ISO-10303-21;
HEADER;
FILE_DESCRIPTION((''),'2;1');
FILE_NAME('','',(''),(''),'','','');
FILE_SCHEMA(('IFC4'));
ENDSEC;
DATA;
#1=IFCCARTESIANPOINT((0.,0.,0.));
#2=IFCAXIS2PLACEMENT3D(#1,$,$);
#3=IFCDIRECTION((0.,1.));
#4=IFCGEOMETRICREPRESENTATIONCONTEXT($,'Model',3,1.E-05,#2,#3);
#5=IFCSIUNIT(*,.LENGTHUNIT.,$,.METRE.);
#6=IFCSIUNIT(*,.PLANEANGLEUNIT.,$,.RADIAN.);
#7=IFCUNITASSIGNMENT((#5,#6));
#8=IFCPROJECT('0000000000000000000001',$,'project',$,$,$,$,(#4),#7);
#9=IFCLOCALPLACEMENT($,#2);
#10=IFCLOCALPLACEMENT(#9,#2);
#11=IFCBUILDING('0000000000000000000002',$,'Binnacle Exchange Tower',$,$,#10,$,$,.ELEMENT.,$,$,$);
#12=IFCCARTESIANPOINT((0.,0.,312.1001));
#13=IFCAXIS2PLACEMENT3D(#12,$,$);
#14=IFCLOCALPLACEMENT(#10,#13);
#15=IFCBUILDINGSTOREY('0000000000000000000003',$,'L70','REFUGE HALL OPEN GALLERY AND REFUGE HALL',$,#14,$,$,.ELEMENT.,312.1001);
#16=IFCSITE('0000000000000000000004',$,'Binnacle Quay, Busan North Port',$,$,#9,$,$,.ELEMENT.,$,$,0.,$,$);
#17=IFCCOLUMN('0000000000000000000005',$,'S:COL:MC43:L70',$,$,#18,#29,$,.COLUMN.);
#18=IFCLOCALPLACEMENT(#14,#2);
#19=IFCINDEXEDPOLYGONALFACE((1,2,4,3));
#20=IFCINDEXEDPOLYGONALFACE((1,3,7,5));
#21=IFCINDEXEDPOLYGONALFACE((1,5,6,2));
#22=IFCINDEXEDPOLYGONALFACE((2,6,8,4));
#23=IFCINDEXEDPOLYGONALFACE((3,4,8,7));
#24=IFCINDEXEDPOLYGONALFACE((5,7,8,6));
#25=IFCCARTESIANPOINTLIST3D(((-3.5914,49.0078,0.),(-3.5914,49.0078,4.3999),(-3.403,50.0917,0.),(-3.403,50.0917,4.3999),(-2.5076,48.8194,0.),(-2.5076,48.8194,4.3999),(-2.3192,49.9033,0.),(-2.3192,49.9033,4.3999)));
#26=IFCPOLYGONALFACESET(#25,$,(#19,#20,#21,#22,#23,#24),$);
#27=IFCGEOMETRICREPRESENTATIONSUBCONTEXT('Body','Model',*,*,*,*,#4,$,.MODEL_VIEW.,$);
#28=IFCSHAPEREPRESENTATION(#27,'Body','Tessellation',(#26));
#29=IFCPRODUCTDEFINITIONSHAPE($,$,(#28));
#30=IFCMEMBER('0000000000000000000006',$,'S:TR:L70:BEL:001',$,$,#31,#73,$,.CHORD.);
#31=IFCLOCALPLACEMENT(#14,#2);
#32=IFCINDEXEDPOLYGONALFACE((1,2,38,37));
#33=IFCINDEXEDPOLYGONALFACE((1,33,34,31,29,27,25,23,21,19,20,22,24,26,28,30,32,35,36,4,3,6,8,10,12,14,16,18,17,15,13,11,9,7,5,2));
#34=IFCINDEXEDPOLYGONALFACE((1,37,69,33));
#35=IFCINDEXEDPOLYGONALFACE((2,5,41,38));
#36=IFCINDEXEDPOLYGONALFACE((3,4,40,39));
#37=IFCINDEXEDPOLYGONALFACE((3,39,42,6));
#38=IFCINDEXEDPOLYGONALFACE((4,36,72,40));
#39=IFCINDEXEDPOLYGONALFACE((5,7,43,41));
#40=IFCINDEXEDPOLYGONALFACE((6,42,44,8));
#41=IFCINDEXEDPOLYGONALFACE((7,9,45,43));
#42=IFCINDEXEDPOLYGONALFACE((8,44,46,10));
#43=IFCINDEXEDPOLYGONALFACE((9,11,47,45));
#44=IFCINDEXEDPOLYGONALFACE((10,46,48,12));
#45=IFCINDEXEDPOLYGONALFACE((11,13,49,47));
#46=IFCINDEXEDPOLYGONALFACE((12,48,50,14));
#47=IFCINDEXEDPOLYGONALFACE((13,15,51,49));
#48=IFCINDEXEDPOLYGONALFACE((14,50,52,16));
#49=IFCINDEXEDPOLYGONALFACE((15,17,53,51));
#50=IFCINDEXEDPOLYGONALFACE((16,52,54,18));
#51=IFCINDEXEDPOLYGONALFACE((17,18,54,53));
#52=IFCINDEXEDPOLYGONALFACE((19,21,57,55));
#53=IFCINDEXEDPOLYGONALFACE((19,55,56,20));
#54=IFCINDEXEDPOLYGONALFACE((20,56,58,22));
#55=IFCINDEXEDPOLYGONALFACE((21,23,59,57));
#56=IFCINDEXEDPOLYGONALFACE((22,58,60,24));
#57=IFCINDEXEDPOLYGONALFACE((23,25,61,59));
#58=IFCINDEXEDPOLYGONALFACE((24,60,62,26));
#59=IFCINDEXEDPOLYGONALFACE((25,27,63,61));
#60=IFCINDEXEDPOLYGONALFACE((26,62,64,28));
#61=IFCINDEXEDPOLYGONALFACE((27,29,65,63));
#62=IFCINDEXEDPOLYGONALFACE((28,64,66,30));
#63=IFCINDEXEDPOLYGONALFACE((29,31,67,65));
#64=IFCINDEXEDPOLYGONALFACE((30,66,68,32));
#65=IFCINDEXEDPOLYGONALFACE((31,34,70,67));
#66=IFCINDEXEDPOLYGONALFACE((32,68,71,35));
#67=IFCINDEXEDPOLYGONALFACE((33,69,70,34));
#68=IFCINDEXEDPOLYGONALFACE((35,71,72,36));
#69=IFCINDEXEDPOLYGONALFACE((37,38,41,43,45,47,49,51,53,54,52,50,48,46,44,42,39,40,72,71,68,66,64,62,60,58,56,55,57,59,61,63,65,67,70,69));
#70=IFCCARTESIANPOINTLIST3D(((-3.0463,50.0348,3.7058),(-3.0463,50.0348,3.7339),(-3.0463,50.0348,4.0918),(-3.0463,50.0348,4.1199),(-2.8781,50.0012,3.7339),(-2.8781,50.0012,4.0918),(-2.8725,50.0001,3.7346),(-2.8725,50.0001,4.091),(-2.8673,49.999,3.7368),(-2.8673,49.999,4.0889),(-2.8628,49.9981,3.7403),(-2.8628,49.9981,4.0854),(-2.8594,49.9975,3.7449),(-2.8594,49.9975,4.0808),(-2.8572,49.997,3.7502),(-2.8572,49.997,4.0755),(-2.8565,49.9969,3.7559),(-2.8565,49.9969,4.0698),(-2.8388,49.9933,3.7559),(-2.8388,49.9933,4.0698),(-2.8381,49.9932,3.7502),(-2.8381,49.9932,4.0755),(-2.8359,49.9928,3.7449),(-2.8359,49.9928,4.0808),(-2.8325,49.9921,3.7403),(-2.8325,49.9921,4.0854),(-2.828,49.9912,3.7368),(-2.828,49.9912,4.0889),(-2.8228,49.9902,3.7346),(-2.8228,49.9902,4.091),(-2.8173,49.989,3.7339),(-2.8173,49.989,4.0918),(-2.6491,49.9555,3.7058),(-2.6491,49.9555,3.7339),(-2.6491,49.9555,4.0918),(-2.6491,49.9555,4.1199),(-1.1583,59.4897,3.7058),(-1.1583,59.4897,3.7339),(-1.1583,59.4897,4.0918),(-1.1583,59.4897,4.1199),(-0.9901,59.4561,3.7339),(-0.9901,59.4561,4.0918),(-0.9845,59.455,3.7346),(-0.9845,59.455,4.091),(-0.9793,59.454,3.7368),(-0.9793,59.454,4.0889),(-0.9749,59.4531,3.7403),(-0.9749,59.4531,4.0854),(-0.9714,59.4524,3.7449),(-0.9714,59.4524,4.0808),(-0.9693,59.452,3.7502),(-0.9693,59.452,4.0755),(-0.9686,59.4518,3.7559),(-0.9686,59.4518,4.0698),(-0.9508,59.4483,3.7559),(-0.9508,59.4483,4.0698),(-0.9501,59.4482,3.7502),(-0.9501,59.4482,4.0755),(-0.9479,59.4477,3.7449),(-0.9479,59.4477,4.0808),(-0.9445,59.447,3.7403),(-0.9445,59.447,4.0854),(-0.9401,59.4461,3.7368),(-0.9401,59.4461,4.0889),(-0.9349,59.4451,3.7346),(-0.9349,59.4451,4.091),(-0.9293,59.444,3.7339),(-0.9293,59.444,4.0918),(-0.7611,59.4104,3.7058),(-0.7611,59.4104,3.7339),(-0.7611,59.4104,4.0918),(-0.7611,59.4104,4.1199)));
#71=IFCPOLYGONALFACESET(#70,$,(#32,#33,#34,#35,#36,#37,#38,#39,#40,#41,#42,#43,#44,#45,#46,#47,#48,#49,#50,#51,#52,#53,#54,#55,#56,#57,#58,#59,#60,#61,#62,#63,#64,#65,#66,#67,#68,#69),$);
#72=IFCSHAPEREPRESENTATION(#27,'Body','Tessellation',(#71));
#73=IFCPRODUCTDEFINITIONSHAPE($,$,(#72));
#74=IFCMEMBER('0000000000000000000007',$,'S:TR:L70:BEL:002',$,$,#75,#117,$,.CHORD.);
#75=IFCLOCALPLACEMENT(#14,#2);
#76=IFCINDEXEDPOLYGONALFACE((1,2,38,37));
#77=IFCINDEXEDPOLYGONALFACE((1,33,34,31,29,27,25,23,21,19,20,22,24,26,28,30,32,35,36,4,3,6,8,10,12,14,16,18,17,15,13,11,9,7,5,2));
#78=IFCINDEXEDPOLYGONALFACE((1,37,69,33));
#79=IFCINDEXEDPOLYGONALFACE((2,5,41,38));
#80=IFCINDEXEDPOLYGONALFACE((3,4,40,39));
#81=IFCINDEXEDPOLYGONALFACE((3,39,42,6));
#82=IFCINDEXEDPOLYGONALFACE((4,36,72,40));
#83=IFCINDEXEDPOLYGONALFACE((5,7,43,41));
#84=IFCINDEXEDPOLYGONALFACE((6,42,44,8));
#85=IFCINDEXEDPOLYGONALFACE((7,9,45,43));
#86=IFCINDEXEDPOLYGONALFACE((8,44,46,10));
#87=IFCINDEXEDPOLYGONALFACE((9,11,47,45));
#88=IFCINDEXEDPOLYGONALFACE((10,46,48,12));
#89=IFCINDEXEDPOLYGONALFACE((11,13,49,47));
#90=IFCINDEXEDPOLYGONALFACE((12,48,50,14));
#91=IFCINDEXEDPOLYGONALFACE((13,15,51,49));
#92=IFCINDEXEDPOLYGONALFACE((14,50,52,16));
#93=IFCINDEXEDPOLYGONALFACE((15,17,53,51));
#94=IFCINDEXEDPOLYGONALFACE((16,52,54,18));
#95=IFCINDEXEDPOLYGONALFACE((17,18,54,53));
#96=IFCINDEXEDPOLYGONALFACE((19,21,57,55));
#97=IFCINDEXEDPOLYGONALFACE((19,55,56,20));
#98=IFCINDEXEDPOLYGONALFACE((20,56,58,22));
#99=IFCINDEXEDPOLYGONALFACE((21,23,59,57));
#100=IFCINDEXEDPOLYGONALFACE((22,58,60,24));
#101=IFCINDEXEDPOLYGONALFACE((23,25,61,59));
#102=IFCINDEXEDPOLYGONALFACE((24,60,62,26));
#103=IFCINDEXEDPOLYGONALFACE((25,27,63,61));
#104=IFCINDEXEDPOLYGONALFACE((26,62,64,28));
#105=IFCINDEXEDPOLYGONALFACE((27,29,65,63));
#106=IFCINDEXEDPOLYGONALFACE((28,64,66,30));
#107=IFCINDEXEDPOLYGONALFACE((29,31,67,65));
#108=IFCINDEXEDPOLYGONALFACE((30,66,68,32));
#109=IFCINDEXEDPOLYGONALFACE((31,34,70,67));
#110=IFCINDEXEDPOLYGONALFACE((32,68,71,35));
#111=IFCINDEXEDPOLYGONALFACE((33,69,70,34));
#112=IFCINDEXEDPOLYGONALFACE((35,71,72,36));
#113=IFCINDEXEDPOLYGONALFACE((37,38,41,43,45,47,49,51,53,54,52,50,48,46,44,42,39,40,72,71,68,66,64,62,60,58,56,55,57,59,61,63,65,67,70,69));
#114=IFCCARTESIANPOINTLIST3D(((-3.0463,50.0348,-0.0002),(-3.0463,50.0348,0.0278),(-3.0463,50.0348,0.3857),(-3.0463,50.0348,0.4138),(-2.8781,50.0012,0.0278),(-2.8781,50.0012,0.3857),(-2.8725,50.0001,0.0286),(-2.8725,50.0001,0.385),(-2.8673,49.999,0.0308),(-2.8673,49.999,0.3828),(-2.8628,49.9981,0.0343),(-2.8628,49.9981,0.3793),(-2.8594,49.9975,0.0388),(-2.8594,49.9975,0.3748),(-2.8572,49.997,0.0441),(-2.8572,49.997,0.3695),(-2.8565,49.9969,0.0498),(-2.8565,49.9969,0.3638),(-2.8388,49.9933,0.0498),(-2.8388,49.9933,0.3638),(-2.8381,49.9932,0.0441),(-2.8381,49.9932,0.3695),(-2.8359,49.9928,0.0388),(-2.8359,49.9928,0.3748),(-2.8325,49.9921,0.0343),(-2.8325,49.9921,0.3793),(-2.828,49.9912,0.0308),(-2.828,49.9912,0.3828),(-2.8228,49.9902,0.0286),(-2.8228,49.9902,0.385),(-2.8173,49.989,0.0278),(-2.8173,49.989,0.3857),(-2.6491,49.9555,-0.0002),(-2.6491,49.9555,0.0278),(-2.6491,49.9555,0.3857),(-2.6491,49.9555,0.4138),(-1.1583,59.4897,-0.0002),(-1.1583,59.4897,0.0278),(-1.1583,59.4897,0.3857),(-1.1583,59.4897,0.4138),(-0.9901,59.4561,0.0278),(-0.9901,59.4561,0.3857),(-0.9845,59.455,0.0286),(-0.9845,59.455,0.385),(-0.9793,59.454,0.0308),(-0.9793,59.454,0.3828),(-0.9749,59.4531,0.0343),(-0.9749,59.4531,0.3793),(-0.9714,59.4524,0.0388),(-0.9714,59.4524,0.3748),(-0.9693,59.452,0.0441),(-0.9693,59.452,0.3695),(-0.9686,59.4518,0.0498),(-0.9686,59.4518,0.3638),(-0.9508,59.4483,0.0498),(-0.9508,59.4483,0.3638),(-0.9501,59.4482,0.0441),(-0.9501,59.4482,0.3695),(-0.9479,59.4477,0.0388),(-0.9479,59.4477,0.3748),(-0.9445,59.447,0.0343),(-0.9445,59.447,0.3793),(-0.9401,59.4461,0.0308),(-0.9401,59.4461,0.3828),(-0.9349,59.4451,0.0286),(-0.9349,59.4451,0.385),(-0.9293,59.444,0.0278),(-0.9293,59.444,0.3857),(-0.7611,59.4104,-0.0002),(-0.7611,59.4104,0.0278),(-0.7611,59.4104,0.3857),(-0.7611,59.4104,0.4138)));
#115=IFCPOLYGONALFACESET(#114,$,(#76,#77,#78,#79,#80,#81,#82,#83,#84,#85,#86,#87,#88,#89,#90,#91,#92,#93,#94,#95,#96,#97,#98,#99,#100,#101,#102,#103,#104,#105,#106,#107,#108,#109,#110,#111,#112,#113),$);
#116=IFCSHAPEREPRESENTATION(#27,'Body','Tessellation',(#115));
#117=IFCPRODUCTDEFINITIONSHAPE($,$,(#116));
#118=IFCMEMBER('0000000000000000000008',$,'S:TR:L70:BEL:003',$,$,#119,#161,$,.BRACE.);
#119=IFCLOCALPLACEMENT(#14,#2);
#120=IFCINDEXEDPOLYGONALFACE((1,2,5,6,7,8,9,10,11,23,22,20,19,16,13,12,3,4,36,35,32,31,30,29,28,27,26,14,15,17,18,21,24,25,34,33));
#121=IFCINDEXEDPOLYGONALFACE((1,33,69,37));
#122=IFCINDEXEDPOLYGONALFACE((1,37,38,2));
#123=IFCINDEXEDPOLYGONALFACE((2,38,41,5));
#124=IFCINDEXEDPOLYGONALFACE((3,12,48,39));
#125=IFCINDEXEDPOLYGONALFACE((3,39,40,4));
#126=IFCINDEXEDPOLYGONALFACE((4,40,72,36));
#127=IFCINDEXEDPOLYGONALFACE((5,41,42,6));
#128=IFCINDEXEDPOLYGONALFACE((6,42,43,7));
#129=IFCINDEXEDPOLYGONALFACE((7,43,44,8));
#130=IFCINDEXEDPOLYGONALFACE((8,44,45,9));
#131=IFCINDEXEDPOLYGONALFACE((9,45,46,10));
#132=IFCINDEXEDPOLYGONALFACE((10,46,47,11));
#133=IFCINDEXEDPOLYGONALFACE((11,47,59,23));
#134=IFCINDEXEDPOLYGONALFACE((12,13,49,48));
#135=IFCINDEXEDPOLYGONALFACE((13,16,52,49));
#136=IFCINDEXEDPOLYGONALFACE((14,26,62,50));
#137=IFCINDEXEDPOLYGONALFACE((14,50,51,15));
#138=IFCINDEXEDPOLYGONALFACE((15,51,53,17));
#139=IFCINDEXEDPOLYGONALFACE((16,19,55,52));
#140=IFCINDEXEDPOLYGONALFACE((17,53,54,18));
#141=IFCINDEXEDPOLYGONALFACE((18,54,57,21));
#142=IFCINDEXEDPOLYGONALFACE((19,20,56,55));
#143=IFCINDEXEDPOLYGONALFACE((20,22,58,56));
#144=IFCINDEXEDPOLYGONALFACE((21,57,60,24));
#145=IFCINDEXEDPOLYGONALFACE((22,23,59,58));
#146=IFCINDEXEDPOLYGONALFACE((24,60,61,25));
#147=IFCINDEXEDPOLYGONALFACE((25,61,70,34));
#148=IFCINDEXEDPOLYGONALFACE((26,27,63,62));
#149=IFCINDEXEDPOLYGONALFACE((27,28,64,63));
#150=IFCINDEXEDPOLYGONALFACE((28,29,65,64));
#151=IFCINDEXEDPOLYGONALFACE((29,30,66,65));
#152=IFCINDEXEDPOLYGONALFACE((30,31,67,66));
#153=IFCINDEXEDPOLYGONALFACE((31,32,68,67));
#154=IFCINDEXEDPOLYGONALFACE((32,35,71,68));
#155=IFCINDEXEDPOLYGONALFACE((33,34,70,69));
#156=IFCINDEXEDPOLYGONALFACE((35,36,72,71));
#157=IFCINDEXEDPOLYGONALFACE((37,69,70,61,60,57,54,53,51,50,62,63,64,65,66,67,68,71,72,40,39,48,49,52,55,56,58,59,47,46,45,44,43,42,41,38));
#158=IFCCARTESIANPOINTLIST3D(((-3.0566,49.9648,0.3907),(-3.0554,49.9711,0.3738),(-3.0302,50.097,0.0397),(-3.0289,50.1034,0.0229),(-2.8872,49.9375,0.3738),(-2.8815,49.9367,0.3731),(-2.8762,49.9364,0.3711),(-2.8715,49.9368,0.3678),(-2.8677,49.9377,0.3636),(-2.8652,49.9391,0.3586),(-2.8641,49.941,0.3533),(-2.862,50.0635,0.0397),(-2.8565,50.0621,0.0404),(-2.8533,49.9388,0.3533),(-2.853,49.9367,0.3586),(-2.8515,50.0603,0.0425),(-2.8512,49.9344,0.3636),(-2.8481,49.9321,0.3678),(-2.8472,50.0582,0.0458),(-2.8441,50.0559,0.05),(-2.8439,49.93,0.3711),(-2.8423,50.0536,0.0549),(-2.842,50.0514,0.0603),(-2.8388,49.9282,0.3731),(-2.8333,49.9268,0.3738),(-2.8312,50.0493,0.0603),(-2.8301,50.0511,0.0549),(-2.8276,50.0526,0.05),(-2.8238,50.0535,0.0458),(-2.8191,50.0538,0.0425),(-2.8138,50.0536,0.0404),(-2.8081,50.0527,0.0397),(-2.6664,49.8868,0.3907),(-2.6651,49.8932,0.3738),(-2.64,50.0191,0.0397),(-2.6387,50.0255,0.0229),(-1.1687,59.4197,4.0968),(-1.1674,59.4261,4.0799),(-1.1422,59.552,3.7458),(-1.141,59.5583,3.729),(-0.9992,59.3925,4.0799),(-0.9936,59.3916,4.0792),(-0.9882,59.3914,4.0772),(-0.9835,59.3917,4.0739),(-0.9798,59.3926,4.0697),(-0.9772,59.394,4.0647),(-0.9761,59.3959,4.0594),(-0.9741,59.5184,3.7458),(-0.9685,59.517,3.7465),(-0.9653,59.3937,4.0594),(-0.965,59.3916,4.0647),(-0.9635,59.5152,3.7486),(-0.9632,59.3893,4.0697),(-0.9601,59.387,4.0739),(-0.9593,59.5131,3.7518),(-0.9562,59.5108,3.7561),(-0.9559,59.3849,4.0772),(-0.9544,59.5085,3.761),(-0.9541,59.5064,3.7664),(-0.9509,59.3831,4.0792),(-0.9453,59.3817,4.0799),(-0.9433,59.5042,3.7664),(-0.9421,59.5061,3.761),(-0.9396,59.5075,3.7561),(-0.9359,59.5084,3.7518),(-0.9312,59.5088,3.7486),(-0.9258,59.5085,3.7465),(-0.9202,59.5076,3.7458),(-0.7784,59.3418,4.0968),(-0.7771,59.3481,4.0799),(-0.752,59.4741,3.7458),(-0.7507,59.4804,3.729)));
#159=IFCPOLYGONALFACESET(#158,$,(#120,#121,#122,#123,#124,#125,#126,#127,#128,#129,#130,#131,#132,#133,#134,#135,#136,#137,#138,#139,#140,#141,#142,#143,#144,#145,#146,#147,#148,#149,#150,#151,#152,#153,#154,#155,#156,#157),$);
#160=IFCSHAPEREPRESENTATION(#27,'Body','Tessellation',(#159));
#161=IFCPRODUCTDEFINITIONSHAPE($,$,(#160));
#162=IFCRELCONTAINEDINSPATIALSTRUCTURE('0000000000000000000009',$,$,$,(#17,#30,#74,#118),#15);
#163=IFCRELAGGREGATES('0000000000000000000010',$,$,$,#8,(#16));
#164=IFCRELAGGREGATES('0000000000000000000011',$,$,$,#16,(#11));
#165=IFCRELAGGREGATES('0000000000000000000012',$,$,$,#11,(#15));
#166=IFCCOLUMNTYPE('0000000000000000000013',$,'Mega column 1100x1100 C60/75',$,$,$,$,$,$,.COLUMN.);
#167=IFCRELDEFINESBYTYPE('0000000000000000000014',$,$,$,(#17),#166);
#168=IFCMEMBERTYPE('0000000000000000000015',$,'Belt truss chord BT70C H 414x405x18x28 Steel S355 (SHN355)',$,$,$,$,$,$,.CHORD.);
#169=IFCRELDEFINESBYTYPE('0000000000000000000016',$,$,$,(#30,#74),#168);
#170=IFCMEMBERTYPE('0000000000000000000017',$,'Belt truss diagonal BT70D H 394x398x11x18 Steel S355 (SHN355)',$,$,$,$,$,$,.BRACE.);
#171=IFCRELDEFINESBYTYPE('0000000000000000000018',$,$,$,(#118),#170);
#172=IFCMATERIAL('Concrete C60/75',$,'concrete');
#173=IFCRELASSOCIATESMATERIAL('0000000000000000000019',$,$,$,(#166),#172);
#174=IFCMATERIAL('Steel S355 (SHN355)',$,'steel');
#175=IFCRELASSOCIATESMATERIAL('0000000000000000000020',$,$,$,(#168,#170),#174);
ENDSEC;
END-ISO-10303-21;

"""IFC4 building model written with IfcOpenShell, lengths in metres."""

from ifc_helpers import new_model, si_unit, direction, frame, origin, origin_2d, place, context, subcontext, project, spatial, rectangle, i_section, extrude, material, material_profile, profile_set, type_object, element, save


model = new_model("IFC4")

# Units and contexts
model_context = context("Model", 3, precision=1e-05, world=origin(), true_north=direction((0.0, 1.0)))
body_context = subcontext(model_context, "Body", "Model", "MODEL_VIEW")
ifc_project = project(units=[si_unit("LENGTHUNIT", "METRE"), si_unit("PLANEANGLEUNIT", "RADIAN")], contexts=[model_context])

# Site, building, storey
site_placement = place(None, origin())
site = spatial("IfcSite", under=ifc_project, at=site_placement, Name="Binnacle Quay, Busan North Port", CompositionType="ELEMENT", RefElevation=0.0)
building_placement = place(site_placement, origin())
building = spatial("IfcBuilding", under=site, at=building_placement, Name="Binnacle Exchange Tower", CompositionType="ELEMENT")
storey_placement = place(building_placement, frame((0.0, 0.0, 312.1001)))
storey = spatial("IfcBuildingStorey", under=building, at=storey_placement, Name="L70", Description="REFUGE HALL OPEN GALLERY AND REFUGE HALL", CompositionType="ELEMENT", Elevation=312.1001)

# Column
ifc_material_1 = material(Name="Concrete C60/75", Category="concrete")
ifc_material_profile_1 = material_profile(ifc_material_1, rectangle(XDim=1.1001, YDim=1.1001, at=origin_2d()), Name="Mega column 1100x1100 C60/75")
ifc_profile_set_1 = profile_set([ifc_material_profile_1], Name="Concrete C60/75")
column_type = type_object("IfcColumnType", Name="Mega column 1100x1100 C60/75", PredefinedType="COLUMN", material=ifc_profile_set_1)
column_placement = place(storey_placement, frame((-2.9553, 49.4556, 0.0), z_axis=(0.0, 0.0, 1.0), x_axis=(-0.985226, 0.171259, 0.0)))
element("IfcColumn", 1, at=column_placement, inside=storey, type_object=column_type, Name="S:COL:MC43:L70", PredefinedType="COLUMN", context=body_context, shape_type="SweptSolid", body=[
    extrude(rectangle(XDim=1.1001, YDim=1.1001, at=origin_2d()), origin(), (0.0, 0.0, 1.0), 4.3999),
])

# Members
ifc_material_2 = material(Name="Steel S355 (SHN355)", Category="steel")
ifc_material_profile_2 = material_profile(ifc_material_2, i_section(OverallWidth=0.405, OverallDepth=0.4141, WebThickness=0.0181, FlangeThickness=0.0281, FilletRadius=0.022, at=origin_2d()), Name="H 414x405x18x28")
ifc_profile_set_2 = profile_set([ifc_material_profile_2], Name="Steel S355 (SHN355)")
member_type_1 = type_object("IfcMemberType", Name="Belt truss chord BT70C H 414x405x18x28 Steel S355 (SHN355)", PredefinedType="CHORD", material=ifc_profile_set_2)
for number, where, z_axis, x_axis, name in (
    (2, (-2.8477, 49.9951, 3.9128), (0.195814, 0.980641, 0.0), (-0.980641, 0.195814, 0.0), "S:TR:L70:BEL:001"),
    (3, (-2.8477, 49.9951, 0.2068), (0.195814, 0.980641, 0.0), (-0.980641, 0.195814, 0.0), "S:TR:L70:BEL:002"),
):
    element("IfcMember", number, at=place(storey_placement, frame(where, z_axis=z_axis, x_axis=x_axis)), inside=storey, type_object=member_type_1, Name=name, PredefinedType="CHORD", context=body_context, shape_type="SweptSolid", body=[
        extrude(i_section(OverallWidth=0.405, OverallDepth=0.4141, WebThickness=0.0181, FlangeThickness=0.0281, FilletRadius=0.022, at=origin_2d()), origin(), (0.0, 0.0, 1.0), 9.6416),
    ])
ifc_material_profile_3 = material_profile(ifc_material_2, i_section(OverallWidth=0.3979, OverallDepth=0.394, WebThickness=0.011, FlangeThickness=0.0181, FilletRadius=0.022, at=origin_2d()), Name="H 394x398x11x18")
ifc_profile_set_3 = profile_set([ifc_material_profile_3], Name="Steel S355 (SHN355)")
member_type_2 = type_object("IfcMemberType", Name="Belt truss diagonal BT70D H 394x398x11x18 Steel S355 (SHN355)", PredefinedType="BRACE", material=ifc_profile_set_3)
member_1_placement = place(storey_placement, frame((-2.8477, 49.9951, 0.2068), z_axis=(0.182776, 0.915347, 0.358793), x_axis=(-0.980641, 0.195814, 0.0)))
element("IfcMember", 4, at=member_1_placement, inside=storey, type_object=member_type_2, Name="S:TR:L70:BEL:003", PredefinedType="BRACE", context=body_context, shape_type="SweptSolid", body=[
    extrude(i_section(OverallWidth=0.3979, OverallDepth=0.394, WebThickness=0.011, FlangeThickness=0.0181, FilletRadius=0.022, at=origin_2d()), origin(), (0.0, 0.0, 1.0), 10.3293),
])

save(model, "model.ifc")
